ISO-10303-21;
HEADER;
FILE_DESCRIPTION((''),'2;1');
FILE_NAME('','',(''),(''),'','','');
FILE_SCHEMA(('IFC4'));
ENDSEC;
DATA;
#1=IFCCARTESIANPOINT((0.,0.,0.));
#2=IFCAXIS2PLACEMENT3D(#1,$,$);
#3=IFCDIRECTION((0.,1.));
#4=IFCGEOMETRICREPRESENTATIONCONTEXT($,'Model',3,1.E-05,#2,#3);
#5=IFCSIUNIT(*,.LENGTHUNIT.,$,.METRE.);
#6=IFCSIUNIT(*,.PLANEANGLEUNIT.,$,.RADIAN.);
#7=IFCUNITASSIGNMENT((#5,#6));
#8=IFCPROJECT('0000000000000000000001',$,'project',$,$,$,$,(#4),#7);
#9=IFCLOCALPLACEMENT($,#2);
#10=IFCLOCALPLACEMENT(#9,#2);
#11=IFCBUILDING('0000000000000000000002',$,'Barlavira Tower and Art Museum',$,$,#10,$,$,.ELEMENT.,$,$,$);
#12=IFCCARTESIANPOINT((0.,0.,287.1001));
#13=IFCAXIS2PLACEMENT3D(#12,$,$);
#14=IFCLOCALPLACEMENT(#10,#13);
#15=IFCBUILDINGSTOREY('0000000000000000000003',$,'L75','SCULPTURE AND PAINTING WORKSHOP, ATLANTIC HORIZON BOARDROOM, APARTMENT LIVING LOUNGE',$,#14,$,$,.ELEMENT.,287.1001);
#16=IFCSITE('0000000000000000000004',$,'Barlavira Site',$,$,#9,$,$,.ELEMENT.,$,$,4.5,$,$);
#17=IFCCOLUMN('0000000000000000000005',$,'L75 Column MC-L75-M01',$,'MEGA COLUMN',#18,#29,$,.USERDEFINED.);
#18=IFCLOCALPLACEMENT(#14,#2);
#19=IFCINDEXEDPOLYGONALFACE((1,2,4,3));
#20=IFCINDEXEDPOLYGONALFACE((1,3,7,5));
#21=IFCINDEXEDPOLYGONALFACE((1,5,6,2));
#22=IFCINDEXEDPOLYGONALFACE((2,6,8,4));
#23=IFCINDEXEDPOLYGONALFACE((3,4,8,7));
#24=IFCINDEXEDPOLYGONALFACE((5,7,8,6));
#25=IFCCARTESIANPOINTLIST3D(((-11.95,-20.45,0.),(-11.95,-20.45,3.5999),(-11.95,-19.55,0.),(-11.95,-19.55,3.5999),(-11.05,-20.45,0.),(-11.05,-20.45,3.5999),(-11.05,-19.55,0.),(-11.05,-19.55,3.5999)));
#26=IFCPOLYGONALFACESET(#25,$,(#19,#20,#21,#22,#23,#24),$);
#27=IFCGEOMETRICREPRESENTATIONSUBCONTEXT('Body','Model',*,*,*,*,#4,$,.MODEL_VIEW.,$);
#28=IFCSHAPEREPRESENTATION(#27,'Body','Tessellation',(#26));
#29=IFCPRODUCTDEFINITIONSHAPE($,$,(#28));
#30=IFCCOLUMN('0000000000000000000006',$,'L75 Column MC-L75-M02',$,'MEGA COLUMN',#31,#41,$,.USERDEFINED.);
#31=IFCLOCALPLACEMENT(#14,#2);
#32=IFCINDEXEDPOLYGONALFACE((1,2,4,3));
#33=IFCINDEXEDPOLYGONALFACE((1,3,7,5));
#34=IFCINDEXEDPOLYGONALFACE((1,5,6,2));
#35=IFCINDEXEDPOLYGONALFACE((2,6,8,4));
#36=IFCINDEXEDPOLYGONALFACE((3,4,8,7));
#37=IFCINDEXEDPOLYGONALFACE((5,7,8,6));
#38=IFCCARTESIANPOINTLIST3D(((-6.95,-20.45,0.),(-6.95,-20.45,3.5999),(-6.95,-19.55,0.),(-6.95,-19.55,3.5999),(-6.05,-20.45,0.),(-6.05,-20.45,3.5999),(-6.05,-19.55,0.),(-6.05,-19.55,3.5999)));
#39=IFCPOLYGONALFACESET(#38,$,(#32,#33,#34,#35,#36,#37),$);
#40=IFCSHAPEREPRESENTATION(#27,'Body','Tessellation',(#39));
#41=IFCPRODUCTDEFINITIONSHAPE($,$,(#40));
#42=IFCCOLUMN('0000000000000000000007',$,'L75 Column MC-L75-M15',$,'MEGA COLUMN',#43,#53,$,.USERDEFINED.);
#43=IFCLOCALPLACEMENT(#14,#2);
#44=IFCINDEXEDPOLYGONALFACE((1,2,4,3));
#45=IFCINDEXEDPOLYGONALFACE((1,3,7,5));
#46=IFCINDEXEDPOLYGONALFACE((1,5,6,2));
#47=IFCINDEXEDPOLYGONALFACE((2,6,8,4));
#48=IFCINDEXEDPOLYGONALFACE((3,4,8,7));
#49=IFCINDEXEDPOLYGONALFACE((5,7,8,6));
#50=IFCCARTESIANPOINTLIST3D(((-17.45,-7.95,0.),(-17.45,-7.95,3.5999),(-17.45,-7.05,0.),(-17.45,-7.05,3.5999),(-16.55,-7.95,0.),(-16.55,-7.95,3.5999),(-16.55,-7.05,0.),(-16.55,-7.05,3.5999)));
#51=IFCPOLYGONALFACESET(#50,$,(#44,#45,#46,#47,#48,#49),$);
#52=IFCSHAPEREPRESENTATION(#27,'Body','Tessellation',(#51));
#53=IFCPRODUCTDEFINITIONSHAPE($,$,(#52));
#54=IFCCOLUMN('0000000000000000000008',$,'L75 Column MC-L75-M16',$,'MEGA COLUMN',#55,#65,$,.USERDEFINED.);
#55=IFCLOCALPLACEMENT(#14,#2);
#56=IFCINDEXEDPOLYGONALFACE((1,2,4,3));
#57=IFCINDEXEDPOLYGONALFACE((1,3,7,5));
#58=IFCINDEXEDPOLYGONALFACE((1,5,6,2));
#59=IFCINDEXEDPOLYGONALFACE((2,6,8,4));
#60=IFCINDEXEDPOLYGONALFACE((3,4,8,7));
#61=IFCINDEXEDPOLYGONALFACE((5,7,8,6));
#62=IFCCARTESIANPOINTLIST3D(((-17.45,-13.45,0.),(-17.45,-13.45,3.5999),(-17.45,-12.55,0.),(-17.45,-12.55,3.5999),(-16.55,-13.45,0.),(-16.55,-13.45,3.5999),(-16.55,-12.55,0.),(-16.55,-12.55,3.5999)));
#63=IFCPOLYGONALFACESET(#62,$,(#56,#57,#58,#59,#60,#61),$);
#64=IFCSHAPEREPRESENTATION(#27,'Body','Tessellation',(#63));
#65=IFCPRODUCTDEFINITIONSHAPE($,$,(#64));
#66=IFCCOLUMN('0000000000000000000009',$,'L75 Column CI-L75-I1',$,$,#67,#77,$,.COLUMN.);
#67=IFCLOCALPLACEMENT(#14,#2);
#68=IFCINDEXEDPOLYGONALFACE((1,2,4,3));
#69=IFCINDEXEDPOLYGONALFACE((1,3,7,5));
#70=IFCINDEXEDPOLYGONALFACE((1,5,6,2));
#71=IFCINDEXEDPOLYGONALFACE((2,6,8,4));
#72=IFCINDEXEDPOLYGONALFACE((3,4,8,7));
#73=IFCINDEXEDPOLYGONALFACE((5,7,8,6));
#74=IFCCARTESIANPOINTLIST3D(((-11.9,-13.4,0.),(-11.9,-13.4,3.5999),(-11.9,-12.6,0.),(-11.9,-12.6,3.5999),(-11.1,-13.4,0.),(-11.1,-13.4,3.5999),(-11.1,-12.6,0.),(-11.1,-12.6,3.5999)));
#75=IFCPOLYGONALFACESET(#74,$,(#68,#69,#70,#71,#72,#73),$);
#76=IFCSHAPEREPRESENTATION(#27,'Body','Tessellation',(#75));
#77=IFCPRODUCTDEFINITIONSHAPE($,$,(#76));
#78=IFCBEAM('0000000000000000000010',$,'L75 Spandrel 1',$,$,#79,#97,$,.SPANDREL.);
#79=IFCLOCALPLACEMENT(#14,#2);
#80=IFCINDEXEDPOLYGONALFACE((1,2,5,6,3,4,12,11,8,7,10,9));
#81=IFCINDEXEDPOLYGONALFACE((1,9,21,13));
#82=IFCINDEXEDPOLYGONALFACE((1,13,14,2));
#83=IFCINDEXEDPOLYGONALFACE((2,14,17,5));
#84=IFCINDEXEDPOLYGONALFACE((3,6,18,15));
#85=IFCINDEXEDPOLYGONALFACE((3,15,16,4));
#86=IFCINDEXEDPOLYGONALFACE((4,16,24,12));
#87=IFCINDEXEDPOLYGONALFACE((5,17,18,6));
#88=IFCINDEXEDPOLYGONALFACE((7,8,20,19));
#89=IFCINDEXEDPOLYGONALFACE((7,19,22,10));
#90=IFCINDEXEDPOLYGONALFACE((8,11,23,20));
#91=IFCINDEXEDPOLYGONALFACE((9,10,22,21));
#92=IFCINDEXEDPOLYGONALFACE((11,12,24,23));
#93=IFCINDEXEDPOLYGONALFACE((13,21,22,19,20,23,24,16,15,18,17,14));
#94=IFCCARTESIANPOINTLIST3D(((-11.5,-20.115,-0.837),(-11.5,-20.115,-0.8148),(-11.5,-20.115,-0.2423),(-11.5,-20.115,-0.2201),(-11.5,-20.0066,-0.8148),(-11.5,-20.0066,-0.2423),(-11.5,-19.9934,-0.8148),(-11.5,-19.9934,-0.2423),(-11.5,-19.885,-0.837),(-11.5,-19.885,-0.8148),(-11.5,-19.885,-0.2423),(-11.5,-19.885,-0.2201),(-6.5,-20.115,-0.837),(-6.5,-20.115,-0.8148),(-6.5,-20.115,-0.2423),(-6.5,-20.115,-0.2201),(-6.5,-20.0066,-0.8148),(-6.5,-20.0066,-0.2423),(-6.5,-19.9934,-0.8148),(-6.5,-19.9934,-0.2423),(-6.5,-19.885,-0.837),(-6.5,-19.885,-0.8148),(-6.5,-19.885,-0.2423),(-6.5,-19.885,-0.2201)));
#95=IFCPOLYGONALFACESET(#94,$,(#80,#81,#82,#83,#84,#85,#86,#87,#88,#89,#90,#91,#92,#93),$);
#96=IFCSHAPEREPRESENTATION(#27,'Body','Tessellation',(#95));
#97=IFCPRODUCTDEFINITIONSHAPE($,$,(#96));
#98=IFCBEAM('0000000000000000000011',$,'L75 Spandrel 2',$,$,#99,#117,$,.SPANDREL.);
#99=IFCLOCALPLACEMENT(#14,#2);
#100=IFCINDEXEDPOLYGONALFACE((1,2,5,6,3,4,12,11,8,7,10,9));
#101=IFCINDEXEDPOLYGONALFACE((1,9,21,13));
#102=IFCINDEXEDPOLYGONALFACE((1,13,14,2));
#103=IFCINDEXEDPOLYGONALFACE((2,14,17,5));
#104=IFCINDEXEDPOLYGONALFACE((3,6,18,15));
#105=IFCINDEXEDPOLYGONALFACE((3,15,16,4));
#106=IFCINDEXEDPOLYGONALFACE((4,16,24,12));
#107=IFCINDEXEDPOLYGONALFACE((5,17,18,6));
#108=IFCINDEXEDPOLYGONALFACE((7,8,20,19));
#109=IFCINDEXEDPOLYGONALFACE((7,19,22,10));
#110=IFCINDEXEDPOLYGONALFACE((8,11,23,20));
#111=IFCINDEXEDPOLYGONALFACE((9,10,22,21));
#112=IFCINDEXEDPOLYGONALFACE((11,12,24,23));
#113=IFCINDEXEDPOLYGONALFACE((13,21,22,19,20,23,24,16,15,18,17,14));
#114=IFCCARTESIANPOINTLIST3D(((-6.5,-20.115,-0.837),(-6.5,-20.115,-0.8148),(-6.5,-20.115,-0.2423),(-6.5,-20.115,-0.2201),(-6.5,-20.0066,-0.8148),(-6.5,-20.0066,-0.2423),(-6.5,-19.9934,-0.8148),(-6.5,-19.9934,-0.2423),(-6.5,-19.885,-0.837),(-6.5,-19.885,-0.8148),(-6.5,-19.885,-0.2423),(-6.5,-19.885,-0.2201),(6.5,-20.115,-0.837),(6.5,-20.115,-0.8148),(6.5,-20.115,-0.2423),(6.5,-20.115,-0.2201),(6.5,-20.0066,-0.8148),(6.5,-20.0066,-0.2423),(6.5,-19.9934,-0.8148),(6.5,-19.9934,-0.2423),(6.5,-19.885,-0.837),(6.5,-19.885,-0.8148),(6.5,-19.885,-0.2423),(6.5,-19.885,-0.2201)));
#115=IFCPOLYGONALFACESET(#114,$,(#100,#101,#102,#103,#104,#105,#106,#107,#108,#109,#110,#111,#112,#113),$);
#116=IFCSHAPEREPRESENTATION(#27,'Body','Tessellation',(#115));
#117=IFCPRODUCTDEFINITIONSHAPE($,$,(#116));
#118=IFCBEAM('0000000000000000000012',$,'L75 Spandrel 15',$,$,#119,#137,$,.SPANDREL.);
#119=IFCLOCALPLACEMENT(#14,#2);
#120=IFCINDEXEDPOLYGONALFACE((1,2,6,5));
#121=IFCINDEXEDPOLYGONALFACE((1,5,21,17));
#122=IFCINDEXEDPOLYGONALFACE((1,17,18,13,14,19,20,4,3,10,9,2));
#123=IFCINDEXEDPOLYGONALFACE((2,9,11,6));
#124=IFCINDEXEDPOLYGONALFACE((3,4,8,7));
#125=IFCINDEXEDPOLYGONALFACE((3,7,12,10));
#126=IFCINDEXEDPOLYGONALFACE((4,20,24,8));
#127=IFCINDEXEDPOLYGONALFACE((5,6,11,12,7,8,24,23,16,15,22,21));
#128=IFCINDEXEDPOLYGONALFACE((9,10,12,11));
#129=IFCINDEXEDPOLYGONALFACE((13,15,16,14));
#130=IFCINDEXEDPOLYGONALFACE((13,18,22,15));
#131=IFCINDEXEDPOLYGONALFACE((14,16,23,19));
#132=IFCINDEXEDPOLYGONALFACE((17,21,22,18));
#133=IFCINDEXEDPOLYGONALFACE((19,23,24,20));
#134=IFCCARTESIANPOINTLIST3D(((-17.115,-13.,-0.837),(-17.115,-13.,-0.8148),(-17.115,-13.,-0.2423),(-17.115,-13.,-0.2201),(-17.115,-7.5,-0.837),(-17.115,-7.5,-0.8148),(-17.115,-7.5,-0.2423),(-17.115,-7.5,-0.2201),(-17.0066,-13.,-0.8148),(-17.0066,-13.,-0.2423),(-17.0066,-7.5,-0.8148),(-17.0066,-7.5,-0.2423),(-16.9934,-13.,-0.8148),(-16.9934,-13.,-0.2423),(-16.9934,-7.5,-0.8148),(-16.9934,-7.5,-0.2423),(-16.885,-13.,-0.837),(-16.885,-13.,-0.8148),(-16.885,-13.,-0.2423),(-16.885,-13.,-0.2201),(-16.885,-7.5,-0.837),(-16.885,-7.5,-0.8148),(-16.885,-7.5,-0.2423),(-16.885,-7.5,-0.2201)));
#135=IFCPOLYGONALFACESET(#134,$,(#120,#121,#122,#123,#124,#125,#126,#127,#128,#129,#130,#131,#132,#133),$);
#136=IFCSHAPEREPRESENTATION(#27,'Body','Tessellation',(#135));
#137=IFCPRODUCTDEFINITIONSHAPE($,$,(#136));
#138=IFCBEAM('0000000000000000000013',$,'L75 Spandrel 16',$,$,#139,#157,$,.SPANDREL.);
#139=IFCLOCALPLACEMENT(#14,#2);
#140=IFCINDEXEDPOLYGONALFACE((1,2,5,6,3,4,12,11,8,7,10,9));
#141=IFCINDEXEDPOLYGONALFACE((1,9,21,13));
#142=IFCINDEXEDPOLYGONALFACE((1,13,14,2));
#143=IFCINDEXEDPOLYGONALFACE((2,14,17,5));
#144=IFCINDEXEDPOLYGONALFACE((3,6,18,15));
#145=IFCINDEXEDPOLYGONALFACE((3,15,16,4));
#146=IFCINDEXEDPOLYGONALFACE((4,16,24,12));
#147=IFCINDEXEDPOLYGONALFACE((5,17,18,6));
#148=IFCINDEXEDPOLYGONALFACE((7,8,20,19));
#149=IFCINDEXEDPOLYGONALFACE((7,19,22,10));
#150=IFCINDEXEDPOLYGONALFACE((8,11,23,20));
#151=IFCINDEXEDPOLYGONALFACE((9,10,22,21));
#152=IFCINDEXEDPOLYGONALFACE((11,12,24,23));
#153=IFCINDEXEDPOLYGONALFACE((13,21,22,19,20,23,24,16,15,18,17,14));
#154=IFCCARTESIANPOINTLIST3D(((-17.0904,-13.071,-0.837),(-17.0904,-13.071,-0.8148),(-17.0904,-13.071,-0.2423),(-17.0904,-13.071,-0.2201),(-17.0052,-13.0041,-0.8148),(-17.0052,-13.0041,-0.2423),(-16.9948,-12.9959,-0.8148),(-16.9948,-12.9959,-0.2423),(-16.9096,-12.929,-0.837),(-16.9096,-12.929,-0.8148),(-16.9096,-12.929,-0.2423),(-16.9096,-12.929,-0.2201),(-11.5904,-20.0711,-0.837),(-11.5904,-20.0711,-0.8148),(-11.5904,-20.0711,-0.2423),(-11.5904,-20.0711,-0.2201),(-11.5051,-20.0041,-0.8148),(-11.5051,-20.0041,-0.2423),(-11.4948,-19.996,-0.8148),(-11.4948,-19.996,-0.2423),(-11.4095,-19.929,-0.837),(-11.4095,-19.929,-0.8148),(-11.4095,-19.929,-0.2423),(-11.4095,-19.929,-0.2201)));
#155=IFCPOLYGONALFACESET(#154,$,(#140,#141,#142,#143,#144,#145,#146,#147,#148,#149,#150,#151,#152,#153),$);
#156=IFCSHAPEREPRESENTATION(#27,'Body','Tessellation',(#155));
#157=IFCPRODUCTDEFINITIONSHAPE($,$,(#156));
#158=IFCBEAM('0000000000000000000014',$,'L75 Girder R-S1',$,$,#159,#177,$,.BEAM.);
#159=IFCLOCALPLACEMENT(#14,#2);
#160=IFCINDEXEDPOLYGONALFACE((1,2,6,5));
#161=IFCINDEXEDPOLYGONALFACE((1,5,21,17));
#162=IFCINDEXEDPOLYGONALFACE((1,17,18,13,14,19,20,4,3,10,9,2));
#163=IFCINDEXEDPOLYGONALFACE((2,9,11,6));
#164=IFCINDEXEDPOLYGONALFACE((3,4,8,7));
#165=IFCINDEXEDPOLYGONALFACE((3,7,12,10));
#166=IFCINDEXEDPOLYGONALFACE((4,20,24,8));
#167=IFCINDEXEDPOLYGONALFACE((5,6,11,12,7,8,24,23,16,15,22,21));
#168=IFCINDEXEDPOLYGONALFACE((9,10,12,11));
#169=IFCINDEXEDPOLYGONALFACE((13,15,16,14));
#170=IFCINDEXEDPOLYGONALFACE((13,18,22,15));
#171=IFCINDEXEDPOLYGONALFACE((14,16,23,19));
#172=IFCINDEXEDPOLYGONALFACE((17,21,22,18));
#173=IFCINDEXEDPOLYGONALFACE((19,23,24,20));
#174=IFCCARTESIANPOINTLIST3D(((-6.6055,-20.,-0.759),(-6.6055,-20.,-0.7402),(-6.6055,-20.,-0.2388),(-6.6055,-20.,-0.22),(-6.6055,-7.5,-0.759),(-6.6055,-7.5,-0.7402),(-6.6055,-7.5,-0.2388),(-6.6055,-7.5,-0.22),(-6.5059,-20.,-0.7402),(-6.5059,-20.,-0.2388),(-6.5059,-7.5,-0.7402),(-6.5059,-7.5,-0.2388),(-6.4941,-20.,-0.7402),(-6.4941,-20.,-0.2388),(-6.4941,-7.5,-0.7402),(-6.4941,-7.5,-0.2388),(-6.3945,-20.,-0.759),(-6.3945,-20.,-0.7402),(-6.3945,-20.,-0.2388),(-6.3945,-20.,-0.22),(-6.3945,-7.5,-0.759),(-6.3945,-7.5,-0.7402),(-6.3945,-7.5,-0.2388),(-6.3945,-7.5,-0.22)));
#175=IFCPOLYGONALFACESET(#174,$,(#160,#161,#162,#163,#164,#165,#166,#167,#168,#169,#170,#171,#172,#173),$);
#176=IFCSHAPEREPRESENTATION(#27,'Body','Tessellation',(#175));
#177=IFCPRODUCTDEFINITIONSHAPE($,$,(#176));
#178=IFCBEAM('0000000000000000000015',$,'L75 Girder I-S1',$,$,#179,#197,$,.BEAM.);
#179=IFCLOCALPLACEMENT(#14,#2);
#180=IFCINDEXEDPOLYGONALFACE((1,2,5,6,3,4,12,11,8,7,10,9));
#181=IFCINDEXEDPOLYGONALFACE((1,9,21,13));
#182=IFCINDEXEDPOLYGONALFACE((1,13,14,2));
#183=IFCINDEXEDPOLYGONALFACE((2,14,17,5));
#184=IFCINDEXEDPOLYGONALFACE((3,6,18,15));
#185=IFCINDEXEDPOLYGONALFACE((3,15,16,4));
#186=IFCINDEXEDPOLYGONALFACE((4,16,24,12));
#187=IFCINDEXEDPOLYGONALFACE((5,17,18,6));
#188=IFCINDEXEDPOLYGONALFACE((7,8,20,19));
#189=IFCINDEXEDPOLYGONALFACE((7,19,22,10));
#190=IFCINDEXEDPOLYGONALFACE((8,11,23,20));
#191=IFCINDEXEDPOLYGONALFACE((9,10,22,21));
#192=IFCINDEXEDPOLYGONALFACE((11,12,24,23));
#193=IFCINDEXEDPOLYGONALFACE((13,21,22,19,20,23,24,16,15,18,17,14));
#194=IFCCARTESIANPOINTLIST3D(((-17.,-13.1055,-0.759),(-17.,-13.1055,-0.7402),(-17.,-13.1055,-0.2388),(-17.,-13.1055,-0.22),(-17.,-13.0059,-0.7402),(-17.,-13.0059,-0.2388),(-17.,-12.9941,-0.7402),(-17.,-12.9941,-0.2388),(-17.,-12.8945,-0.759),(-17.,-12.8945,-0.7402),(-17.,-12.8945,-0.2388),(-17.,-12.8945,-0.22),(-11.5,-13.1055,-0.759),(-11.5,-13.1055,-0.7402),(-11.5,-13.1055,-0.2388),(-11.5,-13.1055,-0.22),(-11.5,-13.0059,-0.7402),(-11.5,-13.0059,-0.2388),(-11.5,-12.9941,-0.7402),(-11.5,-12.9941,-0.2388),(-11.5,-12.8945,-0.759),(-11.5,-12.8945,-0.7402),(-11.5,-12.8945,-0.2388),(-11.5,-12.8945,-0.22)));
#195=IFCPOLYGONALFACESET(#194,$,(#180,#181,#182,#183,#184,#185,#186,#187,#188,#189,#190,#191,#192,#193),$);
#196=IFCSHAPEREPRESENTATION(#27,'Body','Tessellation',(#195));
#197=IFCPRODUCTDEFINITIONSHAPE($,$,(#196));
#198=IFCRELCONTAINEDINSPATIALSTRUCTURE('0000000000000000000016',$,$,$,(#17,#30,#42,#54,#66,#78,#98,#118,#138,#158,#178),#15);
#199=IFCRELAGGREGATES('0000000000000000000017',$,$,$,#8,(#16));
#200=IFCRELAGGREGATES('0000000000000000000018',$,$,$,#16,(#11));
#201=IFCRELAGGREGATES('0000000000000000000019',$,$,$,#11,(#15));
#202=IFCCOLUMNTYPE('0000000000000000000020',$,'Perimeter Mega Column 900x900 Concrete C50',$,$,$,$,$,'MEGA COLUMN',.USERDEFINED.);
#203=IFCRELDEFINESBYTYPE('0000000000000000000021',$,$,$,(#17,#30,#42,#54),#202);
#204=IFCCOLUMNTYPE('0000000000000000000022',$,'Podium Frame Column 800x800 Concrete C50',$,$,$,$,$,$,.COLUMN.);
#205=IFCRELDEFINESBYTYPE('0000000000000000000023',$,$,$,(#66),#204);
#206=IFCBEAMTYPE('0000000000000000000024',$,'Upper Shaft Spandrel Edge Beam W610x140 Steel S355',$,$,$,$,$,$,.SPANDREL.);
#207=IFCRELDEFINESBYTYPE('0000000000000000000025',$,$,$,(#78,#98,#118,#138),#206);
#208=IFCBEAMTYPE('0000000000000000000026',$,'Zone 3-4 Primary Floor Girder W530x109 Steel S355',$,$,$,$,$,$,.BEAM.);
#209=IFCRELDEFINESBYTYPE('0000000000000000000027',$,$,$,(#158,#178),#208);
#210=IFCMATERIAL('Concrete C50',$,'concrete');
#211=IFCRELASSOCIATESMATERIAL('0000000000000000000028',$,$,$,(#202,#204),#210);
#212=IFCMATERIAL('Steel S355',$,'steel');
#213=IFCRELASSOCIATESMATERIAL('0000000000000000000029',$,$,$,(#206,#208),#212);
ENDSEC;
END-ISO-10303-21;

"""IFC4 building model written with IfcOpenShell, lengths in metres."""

from ifc_helpers import new_model, si_unit, direction, frame, origin, origin_2d, place, context, subcontext, project, spatial, rectangle, i_section, extrude, material, material_profile, profile_set, type_object, element, save


model = new_model("IFC4")

# Units and contexts
model_context = context("Model", 3, precision=1e-05, world=origin(), true_north=direction((0.0, 1.0)))
body_context = subcontext(model_context, "Body", "Model", "MODEL_VIEW")
ifc_project = project(units=[si_unit("LENGTHUNIT", "METRE"), si_unit("PLANEANGLEUNIT", "RADIAN")], contexts=[model_context])

# Site, building, storey
site_placement = place(None, origin())
site = spatial("IfcSite", under=ifc_project, at=site_placement, Name="Barlavira Site", CompositionType="ELEMENT", RefElevation=4.5)
building_placement = place(site_placement, origin())
building = spatial("IfcBuilding", under=site, at=building_placement, Name="Barlavira Tower and Art Museum", CompositionType="ELEMENT")
storey_placement = place(building_placement, frame((0.0, 0.0, 287.1001)))
storey = spatial("IfcBuildingStorey", under=building, at=storey_placement, Name="L75", Description="SCULPTURE AND PAINTING WORKSHOP, ATLANTIC HORIZON BOARDROOM, APARTMENT LIVING LOUNGE", CompositionType="ELEMENT", Elevation=287.1001)

# Columns
ifc_material_1 = material(Name="Concrete C50", Category="concrete")
ifc_material_profile_1 = material_profile(ifc_material_1, rectangle(XDim=0.8999, YDim=0.8999, at=origin_2d()), Name="RC-COL 900x900")
ifc_profile_set_1 = profile_set([ifc_material_profile_1], Name="Concrete C50")
column_type_1 = type_object("IfcColumnType", Name="Perimeter Mega Column 900x900 Concrete C50", ElementType="MEGA COLUMN", PredefinedType="USERDEFINED", material=ifc_profile_set_1)
for number, where, z_axis, x_axis, name in (
    (1, (-11.5, -20.0, 0.0), (0.0, 0.0, 1.0), (1.0, 0.0, 0.0), "L75 Column MC-L75-M01"),
    (2, (-6.5, -20.0, 0.0), (0.0, 0.0, 1.0), (1.0, 0.0, 0.0), "L75 Column MC-L75-M02"),
    (3, (-17.0, -7.5, 0.0), (0.0, 0.0, 1.0), (1.0, 0.0, 0.0), "L75 Column MC-L75-M15"),
    (4, (-17.0, -13.0, 0.0), (0.0, 0.0, 1.0), (1.0, 0.0, 0.0), "L75 Column MC-L75-M16"),
):
    element("IfcColumn", number, at=place(storey_placement, frame(where, z_axis=z_axis, x_axis=x_axis)), inside=storey, type_object=column_type_1, Name=name, ObjectType="MEGA COLUMN", PredefinedType="USERDEFINED", context=body_context, shape_type="SweptSolid", body=[
        extrude(rectangle(XDim=0.8999, YDim=0.8999, at=origin_2d()), origin(), (0.0, 0.0, 1.0), 3.5999),
    ])
ifc_material_profile_2 = material_profile(ifc_material_1, rectangle(XDim=0.8, YDim=0.8, at=origin_2d()), Name="RC-COL 800x800")
ifc_profile_set_2 = profile_set([ifc_material_profile_2], Name="Concrete C50")
column_type_2 = type_object("IfcColumnType", Name="Podium Frame Column 800x800 Concrete C50", PredefinedType="COLUMN", material=ifc_profile_set_2)
column_placement = place(storey_placement, frame((-11.5, -13.0, 0.0), z_axis=(0.0, 0.0, 1.0), x_axis=(1.0, 0.0, 0.0)))
element("IfcColumn", 5, at=column_placement, inside=storey, type_object=column_type_2, Name="L75 Column CI-L75-I1", PredefinedType="COLUMN", context=body_context, shape_type="SweptSolid", body=[
    extrude(rectangle(XDim=0.8, YDim=0.8, at=origin_2d()), origin(), (0.0, 0.0, 1.0), 3.5999),
])

# Beams
ifc_material_2 = material(Name="Steel S355", Category="steel")
ifc_material_profile_3 = material_profile(ifc_material_2, i_section(OverallWidth=0.23, OverallDepth=0.6169, WebThickness=0.0132, FlangeThickness=0.0222, at=origin_2d()), Name="W610x140.0")
ifc_profile_set_3 = profile_set([ifc_material_profile_3], Name="Steel S355")
beam_type_1 = type_object("IfcBeamType", Name="Upper Shaft Spandrel Edge Beam W610x140 Steel S355", PredefinedType="SPANDREL", material=ifc_profile_set_3)
beam_1_placement = place(storey_placement, frame((-11.5, -20.0, -0.5286), z_axis=(1.0, 0.0, 0.0), x_axis=(0.0, 1.0, 0.0)))
element("IfcBeam", 6, at=beam_1_placement, inside=storey, type_object=beam_type_1, Name="L75 Spandrel 1", PredefinedType="SPANDREL", context=body_context, shape_type="SweptSolid", body=[
    extrude(i_section(OverallWidth=0.23, OverallDepth=0.6169, WebThickness=0.0132, FlangeThickness=0.0222, at=origin_2d()), origin(), (0.0, 0.0, 1.0), 5.0),
])
beam_2_placement = place(storey_placement, frame((-6.5, -20.0, -0.5286), z_axis=(1.0, 0.0, 0.0), x_axis=(0.0, 1.0, 0.0)))
element("IfcBeam", 7, at=beam_2_placement, inside=storey, type_object=beam_type_1, Name="L75 Spandrel 2", PredefinedType="SPANDREL", context=body_context, shape_type="SweptSolid", body=[
    extrude(i_section(OverallWidth=0.23, OverallDepth=0.6169, WebThickness=0.0132, FlangeThickness=0.0222, at=origin_2d()), origin(), (0.0, 0.0, 1.0), 13.0),
])
beam_3_placement = place(storey_placement, frame((-17.0, -13.0, -0.5286), z_axis=(0.0, 1.0, 0.0), x_axis=(-1.0, 0.0, 0.0)))
element("IfcBeam", 8, at=beam_3_placement, inside=storey, type_object=beam_type_1, Name="L75 Spandrel 15", PredefinedType="SPANDREL", context=body_context, shape_type="SweptSolid", body=[
    extrude(i_section(OverallWidth=0.23, OverallDepth=0.6169, WebThickness=0.0132, FlangeThickness=0.0222, at=origin_2d()), origin(), (0.0, 0.0, 1.0), 5.5),
])
beam_4_placement = place(storey_placement, frame((-17.0, -13.0, -0.5286), z_axis=(0.617822, -0.786318, 0.0), x_axis=(0.786318, 0.617822, 0.0)))
element("IfcBeam", 9, at=beam_4_placement, inside=storey, type_object=beam_type_1, Name="L75 Spandrel 16", PredefinedType="SPANDREL", context=body_context, shape_type="SweptSolid", body=[
    extrude(i_section(OverallWidth=0.23, OverallDepth=0.6169, WebThickness=0.0132, FlangeThickness=0.0222, at=origin_2d()), origin(), (0.0, 0.0, 1.0), 8.9023),
])
ifc_material_profile_4 = material_profile(ifc_material_2, i_section(OverallWidth=0.2109, OverallDepth=0.5391, WebThickness=0.0117, FlangeThickness=0.0188, at=origin_2d()), Name="W530x109.0")
ifc_profile_set_4 = profile_set([ifc_material_profile_4], Name="Steel S355")
beam_type_2 = type_object("IfcBeamType", Name="Zone 3-4 Primary Floor Girder W530x109 Steel S355", PredefinedType="BEAM", material=ifc_profile_set_4)
beam_5_placement = place(storey_placement, frame((-6.5, -20.0, -0.4895), z_axis=(0.0, 1.0, 0.0), x_axis=(-1.0, 0.0, 0.0)))
element("IfcBeam", 10, at=beam_5_placement, inside=storey, type_object=beam_type_2, Name="L75 Girder R-S1", PredefinedType="BEAM", context=body_context, shape_type="SweptSolid", body=[
    extrude(i_section(OverallWidth=0.2109, OverallDepth=0.5391, WebThickness=0.0117, FlangeThickness=0.0188, at=origin_2d()), origin(), (0.0, 0.0, 1.0), 12.5),
])
beam_6_placement = place(storey_placement, frame((-17.0, -13.0, -0.4895), z_axis=(1.0, 0.0, 0.0), x_axis=(0.0, 1.0, 0.0)))
element("IfcBeam", 11, at=beam_6_placement, inside=storey, type_object=beam_type_2, Name="L75 Girder I-S1", PredefinedType="BEAM", context=body_context, shape_type="SweptSolid", body=[
    extrude(i_section(OverallWidth=0.2109, OverallDepth=0.5391, WebThickness=0.0117, FlangeThickness=0.0188, at=origin_2d()), origin(), (0.0, 0.0, 1.0), 5.5),
])

save(model, "model.ifc")
